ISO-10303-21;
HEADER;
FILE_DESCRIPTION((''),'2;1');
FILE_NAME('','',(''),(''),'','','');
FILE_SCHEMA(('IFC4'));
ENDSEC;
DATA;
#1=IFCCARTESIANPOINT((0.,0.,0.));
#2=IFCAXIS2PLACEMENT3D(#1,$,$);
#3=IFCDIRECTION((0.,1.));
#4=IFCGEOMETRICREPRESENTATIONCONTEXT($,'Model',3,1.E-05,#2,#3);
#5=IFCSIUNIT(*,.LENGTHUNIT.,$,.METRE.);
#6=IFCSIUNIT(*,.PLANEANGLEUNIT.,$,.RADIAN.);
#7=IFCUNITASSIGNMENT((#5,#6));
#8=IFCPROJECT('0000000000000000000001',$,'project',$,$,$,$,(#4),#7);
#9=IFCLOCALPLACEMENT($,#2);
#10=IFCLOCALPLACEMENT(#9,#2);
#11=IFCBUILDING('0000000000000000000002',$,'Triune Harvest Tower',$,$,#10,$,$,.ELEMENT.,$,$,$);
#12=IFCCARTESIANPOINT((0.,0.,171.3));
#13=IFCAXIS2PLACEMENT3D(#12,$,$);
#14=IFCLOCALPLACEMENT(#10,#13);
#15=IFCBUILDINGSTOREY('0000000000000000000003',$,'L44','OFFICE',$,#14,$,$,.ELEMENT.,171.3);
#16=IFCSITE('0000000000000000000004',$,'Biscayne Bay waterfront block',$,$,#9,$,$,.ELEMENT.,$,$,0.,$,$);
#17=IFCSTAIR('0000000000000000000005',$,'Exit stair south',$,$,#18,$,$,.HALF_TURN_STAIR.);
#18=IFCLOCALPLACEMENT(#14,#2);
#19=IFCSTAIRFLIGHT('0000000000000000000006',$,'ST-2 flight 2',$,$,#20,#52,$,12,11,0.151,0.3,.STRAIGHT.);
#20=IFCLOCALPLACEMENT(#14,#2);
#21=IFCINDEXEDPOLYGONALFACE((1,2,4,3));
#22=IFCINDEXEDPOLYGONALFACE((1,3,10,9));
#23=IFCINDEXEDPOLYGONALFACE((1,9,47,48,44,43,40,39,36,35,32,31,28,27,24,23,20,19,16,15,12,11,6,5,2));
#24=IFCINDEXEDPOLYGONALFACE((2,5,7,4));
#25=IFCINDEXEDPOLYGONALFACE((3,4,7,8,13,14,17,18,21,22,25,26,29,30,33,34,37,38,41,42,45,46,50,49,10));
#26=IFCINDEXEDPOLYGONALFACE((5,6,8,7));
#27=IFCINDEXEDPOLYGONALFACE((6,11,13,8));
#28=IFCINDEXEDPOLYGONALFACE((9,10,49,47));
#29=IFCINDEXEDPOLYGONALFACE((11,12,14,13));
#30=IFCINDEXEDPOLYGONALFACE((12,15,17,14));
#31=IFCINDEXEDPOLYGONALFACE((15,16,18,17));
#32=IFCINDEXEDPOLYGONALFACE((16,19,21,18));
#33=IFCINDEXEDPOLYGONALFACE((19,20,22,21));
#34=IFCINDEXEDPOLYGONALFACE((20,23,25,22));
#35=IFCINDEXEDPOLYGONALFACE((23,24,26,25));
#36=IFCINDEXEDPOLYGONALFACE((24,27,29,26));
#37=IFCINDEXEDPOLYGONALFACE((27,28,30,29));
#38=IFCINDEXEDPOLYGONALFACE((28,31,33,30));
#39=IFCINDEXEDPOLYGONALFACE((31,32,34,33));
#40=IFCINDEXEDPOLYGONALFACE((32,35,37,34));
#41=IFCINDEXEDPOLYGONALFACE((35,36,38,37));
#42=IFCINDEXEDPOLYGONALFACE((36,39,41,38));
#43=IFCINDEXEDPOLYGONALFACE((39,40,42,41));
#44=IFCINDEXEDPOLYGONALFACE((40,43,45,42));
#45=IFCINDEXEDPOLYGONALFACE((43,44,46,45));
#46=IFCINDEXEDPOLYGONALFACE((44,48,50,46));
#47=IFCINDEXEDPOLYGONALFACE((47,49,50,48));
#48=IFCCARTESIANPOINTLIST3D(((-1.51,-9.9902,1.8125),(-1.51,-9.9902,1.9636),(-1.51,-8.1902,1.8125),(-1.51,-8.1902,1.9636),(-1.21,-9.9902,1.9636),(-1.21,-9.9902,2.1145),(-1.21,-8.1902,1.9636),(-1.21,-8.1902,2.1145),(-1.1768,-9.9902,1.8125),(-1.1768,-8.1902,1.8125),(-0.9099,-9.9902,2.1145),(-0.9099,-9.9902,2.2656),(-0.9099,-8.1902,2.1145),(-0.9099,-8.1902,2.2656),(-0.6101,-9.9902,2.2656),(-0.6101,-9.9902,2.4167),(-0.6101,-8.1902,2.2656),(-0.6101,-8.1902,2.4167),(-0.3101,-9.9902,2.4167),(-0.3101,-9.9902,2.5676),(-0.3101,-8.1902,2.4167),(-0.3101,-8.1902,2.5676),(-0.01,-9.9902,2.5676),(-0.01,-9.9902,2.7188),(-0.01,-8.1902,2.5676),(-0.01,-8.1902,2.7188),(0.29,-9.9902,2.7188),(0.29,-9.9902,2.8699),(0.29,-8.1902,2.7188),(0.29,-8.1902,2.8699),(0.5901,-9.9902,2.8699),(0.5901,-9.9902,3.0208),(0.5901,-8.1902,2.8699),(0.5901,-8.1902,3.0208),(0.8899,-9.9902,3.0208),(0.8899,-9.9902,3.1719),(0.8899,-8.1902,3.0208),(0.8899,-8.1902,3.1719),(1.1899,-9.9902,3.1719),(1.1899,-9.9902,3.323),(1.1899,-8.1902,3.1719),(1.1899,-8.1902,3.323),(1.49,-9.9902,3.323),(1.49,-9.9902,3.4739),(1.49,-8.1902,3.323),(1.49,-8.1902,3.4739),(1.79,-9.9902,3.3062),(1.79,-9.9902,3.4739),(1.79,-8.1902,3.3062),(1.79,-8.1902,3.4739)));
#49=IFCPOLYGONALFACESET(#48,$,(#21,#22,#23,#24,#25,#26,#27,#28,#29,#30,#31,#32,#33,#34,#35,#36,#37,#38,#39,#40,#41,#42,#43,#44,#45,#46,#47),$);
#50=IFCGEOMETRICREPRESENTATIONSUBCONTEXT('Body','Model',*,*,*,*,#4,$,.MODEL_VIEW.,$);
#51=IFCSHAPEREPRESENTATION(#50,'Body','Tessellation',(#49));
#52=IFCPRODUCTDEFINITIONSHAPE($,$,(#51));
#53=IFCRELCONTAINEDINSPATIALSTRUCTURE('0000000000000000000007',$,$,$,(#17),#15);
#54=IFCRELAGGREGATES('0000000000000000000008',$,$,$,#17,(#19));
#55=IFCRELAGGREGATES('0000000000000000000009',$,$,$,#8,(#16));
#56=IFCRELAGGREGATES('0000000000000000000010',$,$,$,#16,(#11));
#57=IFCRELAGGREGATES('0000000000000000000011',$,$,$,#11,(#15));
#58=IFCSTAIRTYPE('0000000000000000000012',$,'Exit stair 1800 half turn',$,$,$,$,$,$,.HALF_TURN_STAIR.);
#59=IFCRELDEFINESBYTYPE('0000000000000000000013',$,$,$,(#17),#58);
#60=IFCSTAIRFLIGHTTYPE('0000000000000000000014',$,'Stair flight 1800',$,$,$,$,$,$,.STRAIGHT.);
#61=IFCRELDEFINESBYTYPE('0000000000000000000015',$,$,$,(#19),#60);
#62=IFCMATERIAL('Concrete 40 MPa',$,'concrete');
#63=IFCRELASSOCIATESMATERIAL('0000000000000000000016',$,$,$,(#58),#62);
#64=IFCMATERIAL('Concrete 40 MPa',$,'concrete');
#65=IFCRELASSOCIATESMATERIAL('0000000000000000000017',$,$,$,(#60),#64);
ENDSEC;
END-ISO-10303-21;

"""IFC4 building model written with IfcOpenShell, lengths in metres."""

from ifc_helpers import new_model, si_unit, direction, frame, origin, place, context, subcontext, project, spatial, polyline, outline, extrude, source, transform, mapped, material, type_object, element, aggregate, save


model = new_model("IFC4")

# Units and contexts
model_context = context("Model", 3, precision=1e-05, world=origin(), true_north=direction((0.0, 1.0)))
body_context = subcontext(model_context, "Body", "Model", "MODEL_VIEW")
ifc_project = project(units=[si_unit("LENGTHUNIT", "METRE"), si_unit("PLANEANGLEUNIT", "RADIAN")], contexts=[model_context])

# Site, building, storey
site_placement = place(None, origin())
site = spatial("IfcSite", under=ifc_project, at=site_placement, Name="Biscayne Bay waterfront block", CompositionType="ELEMENT", RefElevation=0.0)
building_placement = place(site_placement, origin())
building = spatial("IfcBuilding", under=site, at=building_placement, Name="Triune Harvest Tower", CompositionType="ELEMENT")
storey_placement = place(building_placement, frame((0.0, 0.0, 171.3)))
storey = spatial("IfcBuildingStorey", under=building, at=storey_placement, Name="L44", Description="OFFICE", CompositionType="ELEMENT", Elevation=171.3)

# Stair, stair flight
ifc_material_1 = material(Name="Concrete 40 MPa", Category="concrete")
stair_type = type_object("IfcStairType", Name="Exit stair 1800 half turn", PredefinedType="HALF_TURN_STAIR", material=ifc_material_1)
stair_placement = place(storey_placement, origin())
stair = element("IfcStair", 1, at=stair_placement, inside=storey, type_object=stair_type, Name="Exit stair south", PredefinedType="HALF_TURN_STAIR")
ifc_material_2 = material(Name="Concrete 40 MPa", Category="concrete")
stair_flight_type = type_object("IfcStairFlightType", Name="Stair flight 1800", PredefinedType="STRAIGHT", material=ifc_material_2)
shared_shape_1 = source(origin(), body_context, "Body", "SweptSolid", [
    extrude(outline(polyline([(0.0, 0.0), (0.0, 0.1511), (0.3, 0.1511), (0.3, 0.302), (0.6001, 0.302), (0.6001, 0.4531), (0.8999, 0.4531), (0.8999, 0.6042), (1.2, 0.6042), (1.2, 0.7551), (1.5, 0.7551), (1.5, 0.9062), (1.8, 0.9062), (1.8, 1.0574), (2.1001, 1.0574), (2.1001, 1.2083), (2.3999, 1.2083), (2.3999, 1.3594), (2.7, 1.3594), (2.7, 1.5105), (3.0, 1.5105), (3.0, 1.6614), (3.3, 1.6614), (3.3, 1.8125), (3.3, 1.4937), (0.3333, 0.0), (0.0, 0.0)])), frame((0.0, 0.8999, 0.0), z_axis=(0.0, -1.0, 0.0), x_axis=(1.0, 0.0, 0.0)), (0.0, 0.0, 1.0), 1.8),
])
stair_flight_placement = place(storey_placement, frame((-1.51, -9.0901, 1.8125), z_axis=(0.0, 0.0, 1.0), x_axis=(1.0, 0.0, 0.0)))
stair_flight = element("IfcStairFlight", 2, at=stair_flight_placement, type_object=stair_flight_type, Name="ST-2 flight 2", NumberOfRisers=12, NumberOfTreads=11, PredefinedType="STRAIGHT", RiserHeight=0.151, TreadLength=0.3, context=body_context, shape_type="MappedRepresentation", body=[
    mapped(shared_shape_1, transform((0.0, 0.0, 0.0), scale=1.0)),
])
aggregate(stair, [stair_flight])

save(model, "model.ifc")
